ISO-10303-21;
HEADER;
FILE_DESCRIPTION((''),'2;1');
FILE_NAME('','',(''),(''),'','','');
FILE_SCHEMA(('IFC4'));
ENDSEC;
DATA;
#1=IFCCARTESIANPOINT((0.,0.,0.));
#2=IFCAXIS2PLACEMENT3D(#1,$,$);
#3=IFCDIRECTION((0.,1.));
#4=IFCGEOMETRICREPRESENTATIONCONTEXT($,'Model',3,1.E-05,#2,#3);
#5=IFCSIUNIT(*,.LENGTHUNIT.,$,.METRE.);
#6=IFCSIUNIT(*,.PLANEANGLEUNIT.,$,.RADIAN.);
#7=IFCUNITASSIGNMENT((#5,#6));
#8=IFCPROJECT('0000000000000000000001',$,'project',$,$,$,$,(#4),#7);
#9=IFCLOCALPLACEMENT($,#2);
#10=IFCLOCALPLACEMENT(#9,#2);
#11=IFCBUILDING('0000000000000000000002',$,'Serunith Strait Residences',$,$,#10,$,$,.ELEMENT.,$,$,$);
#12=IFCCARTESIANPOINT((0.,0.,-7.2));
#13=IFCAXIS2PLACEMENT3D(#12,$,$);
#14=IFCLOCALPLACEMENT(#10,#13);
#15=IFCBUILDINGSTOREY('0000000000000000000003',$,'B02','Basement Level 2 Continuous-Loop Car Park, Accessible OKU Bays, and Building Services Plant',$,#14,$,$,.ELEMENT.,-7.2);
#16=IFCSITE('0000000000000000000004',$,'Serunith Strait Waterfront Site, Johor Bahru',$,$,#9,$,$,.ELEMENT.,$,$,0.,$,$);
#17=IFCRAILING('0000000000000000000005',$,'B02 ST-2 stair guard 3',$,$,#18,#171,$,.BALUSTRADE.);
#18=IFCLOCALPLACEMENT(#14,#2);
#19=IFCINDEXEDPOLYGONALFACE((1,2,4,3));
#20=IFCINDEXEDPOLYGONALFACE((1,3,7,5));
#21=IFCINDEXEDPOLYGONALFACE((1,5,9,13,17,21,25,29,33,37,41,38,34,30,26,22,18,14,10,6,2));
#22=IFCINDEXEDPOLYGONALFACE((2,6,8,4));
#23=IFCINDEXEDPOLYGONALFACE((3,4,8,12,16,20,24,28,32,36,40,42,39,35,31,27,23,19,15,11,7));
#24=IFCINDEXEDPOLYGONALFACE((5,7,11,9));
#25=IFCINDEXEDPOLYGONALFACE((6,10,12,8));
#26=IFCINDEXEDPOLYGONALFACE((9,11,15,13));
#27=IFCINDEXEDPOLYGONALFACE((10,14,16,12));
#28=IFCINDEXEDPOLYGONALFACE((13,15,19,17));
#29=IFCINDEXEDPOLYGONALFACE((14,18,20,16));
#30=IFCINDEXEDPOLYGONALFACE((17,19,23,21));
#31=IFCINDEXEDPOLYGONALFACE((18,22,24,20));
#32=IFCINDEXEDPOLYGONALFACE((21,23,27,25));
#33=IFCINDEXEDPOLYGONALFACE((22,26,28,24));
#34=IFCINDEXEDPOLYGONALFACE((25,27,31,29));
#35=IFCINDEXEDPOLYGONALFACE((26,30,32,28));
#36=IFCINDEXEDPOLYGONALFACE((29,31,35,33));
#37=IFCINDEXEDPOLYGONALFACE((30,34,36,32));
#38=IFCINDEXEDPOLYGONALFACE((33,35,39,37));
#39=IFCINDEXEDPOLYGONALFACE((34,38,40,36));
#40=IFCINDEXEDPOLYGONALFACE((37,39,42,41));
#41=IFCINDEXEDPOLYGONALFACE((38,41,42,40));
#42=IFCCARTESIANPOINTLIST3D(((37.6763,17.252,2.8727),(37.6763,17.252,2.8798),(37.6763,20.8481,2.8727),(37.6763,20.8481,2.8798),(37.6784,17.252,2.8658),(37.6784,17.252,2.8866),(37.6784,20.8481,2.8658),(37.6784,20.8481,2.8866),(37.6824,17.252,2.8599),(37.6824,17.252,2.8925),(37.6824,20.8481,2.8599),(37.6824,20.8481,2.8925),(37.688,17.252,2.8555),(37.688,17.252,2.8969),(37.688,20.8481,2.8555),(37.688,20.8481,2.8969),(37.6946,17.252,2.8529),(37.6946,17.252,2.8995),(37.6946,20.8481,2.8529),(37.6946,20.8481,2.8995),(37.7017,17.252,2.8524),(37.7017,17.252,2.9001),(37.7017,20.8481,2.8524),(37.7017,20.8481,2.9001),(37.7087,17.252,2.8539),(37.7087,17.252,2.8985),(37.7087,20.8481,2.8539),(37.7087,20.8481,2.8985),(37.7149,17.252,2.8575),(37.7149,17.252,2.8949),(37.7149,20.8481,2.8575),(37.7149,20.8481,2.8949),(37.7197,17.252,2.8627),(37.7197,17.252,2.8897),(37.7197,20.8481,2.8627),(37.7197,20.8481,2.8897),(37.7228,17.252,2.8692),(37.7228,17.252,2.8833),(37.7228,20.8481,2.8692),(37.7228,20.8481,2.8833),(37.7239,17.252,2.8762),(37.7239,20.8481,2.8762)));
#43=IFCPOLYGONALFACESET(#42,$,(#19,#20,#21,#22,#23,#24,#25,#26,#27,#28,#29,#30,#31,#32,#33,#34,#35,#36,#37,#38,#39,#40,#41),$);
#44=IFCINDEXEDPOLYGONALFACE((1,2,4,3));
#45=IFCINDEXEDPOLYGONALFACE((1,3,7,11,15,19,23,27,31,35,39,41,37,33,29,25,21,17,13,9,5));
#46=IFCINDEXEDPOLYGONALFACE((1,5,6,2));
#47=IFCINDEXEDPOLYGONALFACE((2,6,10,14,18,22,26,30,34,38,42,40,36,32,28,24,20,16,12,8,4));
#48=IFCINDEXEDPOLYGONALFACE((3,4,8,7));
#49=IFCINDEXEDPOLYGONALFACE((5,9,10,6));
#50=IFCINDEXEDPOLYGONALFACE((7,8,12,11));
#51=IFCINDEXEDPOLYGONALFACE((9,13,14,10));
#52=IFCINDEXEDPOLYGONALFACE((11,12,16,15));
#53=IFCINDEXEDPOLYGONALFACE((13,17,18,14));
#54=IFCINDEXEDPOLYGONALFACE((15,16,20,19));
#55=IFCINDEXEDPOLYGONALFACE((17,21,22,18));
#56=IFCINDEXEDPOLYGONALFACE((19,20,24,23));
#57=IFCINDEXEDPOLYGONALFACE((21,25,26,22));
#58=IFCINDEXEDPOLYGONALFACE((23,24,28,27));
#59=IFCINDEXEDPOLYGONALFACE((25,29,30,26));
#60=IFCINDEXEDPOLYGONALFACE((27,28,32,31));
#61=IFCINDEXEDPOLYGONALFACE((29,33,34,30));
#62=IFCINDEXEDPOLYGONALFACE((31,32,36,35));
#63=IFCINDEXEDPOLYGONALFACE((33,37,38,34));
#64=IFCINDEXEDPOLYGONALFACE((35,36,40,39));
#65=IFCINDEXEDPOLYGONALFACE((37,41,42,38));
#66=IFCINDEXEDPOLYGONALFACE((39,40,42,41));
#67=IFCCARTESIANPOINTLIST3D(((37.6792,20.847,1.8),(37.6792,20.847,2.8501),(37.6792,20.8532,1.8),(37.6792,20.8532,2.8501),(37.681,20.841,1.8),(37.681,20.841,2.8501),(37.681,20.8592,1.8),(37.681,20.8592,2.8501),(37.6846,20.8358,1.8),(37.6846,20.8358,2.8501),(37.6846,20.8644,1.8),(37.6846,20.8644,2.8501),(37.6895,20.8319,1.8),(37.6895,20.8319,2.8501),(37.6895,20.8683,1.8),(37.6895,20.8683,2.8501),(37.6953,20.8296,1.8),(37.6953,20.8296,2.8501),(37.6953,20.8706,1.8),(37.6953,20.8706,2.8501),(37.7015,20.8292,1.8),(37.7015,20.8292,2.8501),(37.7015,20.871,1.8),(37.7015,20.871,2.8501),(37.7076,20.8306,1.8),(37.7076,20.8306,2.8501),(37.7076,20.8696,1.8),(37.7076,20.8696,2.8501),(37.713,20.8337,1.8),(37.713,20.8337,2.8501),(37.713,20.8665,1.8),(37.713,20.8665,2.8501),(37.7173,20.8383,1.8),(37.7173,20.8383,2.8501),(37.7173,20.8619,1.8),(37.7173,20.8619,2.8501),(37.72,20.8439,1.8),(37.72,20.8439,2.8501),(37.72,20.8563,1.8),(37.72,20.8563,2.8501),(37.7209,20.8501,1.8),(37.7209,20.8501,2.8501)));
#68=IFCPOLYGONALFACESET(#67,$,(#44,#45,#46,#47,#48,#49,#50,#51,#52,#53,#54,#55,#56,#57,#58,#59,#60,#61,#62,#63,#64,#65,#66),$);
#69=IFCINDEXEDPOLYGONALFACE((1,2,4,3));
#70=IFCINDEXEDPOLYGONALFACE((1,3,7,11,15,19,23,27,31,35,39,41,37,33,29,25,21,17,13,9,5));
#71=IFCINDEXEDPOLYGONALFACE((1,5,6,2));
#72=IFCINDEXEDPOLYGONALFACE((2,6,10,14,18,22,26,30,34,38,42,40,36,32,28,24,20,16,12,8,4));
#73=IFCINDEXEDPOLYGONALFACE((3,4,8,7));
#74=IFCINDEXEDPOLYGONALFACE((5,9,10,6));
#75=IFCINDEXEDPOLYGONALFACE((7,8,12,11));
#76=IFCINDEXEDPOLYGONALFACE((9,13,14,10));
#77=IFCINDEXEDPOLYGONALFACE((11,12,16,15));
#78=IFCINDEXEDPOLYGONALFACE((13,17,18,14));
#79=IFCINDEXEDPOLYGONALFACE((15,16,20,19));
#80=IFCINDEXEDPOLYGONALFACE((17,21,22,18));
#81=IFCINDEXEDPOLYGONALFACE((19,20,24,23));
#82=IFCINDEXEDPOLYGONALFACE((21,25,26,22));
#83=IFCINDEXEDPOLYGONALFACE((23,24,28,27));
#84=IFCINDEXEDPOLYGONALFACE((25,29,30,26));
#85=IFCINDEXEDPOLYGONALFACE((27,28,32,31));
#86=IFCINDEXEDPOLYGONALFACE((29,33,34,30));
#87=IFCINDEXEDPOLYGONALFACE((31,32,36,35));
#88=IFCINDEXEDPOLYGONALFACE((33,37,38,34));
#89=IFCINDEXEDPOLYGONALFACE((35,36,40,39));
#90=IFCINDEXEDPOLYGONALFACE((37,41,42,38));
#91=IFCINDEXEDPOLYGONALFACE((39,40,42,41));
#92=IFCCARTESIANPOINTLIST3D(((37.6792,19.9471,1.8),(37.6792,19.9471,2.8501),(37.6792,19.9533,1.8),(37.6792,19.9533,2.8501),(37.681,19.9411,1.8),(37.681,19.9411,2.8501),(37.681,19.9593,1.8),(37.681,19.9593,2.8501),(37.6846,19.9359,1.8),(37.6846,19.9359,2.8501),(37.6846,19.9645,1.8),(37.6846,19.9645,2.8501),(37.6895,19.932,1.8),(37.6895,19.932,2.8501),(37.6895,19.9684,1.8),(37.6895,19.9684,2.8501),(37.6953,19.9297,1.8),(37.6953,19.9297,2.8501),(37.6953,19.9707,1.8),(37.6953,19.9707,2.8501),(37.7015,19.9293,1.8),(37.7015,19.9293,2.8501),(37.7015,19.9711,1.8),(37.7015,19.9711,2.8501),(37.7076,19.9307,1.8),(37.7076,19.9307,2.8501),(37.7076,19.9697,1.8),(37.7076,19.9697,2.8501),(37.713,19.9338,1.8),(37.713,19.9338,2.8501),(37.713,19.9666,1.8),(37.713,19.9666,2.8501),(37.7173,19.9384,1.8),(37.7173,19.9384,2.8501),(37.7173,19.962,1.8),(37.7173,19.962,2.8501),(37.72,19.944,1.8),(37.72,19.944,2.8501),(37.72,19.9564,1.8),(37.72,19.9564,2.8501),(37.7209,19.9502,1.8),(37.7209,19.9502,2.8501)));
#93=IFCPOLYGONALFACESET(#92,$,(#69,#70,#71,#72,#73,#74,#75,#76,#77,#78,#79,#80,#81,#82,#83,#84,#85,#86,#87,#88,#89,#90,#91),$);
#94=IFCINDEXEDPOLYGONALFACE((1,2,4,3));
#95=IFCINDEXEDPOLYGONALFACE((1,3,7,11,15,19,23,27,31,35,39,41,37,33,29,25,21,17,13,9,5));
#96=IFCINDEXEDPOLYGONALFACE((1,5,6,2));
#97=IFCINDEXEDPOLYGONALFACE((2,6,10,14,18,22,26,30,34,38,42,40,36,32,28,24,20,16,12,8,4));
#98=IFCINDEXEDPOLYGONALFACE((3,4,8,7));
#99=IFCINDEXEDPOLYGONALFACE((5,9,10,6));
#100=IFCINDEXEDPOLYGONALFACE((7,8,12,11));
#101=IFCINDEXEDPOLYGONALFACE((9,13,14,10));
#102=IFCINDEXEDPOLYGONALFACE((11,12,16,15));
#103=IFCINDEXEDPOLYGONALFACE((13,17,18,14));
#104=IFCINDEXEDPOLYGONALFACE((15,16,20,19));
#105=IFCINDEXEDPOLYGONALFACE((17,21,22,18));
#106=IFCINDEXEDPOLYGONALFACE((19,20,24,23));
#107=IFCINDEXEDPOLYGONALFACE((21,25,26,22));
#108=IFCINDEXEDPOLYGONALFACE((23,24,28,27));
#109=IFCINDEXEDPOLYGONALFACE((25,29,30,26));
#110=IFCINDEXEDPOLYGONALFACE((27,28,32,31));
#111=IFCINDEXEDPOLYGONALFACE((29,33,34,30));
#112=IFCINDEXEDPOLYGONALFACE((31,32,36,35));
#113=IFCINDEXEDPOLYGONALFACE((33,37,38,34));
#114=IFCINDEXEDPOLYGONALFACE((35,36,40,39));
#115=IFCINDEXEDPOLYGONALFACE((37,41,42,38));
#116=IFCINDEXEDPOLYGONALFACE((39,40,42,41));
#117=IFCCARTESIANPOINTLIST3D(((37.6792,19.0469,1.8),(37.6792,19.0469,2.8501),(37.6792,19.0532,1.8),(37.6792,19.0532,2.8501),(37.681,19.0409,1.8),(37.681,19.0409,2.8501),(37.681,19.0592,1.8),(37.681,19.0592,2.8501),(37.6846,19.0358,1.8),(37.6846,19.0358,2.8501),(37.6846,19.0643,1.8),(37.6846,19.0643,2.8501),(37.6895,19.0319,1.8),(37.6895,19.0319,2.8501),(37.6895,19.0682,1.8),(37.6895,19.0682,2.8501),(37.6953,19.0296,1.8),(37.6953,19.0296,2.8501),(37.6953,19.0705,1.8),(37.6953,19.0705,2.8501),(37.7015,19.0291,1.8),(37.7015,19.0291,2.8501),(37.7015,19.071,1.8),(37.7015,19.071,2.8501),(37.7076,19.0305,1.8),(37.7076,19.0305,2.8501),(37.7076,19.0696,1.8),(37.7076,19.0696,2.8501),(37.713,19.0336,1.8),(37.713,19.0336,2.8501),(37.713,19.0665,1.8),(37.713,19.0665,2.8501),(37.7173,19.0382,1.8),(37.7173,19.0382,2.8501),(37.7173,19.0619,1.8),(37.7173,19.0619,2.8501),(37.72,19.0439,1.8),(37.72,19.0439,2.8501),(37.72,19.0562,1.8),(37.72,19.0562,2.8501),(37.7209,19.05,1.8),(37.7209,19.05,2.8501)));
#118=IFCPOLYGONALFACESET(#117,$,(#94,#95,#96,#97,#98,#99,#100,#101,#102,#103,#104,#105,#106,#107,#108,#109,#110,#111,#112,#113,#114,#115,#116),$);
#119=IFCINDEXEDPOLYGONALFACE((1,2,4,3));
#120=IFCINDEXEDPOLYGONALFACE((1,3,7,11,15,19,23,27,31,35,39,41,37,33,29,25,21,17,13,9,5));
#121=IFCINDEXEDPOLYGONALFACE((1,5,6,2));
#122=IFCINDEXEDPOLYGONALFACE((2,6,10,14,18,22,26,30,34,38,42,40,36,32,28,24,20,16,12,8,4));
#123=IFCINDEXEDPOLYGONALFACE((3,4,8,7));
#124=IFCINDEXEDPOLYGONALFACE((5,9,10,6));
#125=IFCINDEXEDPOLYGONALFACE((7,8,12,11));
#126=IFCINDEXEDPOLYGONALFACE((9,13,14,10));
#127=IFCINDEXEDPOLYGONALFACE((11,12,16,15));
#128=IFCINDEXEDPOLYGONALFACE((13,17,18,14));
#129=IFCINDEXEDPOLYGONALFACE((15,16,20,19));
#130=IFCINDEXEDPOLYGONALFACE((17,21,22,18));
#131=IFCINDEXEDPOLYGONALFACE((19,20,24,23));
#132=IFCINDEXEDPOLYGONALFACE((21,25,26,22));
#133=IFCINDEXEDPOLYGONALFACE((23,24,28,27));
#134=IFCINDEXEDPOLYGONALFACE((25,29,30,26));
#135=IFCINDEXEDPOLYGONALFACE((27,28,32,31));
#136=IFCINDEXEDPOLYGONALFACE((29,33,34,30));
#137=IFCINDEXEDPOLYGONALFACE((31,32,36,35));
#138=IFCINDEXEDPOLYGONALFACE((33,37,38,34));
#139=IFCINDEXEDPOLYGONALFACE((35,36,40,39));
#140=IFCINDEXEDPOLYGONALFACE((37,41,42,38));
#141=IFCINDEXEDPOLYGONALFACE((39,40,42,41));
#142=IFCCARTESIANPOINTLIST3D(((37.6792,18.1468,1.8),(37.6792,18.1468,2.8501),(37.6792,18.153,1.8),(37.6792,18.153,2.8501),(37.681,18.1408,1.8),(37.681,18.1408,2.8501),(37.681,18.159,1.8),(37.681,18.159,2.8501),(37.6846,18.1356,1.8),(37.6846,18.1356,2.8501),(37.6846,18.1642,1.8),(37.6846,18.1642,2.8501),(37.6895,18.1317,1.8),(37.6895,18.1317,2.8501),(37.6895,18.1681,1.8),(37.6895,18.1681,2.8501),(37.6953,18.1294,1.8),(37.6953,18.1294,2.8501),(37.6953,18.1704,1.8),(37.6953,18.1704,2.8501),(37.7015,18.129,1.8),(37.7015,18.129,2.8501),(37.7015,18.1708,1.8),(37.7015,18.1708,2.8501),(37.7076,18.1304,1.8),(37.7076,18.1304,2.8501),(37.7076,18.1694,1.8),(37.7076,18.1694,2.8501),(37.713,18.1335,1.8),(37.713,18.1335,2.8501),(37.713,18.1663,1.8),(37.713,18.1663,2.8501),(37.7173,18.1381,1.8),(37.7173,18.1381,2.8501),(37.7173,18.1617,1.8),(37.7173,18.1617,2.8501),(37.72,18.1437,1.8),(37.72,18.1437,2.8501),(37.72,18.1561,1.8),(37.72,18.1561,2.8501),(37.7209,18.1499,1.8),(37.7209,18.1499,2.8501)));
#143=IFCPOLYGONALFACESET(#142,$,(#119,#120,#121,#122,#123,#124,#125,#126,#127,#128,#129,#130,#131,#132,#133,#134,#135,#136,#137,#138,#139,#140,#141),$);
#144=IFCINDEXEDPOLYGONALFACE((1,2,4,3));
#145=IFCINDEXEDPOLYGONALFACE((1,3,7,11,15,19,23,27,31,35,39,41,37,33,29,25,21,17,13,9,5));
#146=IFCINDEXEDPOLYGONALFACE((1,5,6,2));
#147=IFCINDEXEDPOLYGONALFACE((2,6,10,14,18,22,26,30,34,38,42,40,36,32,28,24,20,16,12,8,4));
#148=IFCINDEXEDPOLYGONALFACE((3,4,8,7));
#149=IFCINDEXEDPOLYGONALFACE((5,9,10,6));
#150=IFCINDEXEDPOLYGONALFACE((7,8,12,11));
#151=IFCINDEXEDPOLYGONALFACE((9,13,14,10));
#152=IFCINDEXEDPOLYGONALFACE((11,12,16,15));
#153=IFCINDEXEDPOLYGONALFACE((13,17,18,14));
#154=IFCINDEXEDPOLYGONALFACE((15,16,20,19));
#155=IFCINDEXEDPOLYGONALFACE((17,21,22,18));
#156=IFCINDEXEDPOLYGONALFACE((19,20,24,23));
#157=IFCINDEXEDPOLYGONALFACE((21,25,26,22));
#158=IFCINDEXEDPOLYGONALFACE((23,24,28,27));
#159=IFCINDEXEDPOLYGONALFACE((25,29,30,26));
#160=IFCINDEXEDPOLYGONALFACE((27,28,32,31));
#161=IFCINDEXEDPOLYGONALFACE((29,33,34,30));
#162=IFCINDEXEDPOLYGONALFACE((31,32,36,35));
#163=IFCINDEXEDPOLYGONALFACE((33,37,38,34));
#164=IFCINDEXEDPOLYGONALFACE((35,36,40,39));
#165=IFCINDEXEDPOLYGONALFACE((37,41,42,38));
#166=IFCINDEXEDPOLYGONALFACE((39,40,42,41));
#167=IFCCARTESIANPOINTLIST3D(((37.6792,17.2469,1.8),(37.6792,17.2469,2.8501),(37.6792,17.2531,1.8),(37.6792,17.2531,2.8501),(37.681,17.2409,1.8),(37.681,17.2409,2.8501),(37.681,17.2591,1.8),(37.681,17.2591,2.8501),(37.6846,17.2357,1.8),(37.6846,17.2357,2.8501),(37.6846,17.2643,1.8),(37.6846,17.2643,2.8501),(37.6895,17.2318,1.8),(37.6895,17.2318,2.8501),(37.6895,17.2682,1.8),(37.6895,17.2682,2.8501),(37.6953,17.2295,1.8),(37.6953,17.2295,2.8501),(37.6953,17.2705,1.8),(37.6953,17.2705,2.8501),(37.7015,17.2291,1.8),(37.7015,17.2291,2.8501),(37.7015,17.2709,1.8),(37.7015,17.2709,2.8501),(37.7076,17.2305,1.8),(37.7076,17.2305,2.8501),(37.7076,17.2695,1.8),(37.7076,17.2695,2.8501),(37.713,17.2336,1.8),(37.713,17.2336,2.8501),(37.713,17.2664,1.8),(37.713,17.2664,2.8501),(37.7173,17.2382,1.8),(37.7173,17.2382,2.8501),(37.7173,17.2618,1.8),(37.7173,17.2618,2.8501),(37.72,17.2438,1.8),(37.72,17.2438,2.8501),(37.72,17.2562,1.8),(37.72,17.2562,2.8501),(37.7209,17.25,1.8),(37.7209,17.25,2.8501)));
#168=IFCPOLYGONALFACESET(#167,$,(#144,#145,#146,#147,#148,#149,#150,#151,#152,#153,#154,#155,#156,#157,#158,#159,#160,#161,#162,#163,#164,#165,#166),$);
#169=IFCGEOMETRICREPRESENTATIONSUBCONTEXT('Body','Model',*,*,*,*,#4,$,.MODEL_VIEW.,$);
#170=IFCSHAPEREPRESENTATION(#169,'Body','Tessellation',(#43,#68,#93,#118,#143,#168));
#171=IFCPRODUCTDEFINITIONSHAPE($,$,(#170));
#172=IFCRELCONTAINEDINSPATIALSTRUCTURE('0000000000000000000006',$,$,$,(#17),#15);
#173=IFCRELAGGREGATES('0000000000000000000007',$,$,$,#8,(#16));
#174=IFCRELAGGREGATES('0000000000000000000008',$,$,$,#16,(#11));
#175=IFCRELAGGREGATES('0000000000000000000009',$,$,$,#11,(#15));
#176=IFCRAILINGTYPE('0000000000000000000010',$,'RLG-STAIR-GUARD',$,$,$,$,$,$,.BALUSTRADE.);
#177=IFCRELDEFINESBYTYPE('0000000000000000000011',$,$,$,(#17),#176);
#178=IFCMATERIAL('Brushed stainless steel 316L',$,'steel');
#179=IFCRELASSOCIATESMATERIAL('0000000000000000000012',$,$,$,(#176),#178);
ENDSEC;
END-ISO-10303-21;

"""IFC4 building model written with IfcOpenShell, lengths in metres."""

from ifc_helpers import new_model, si_unit, direction, frame, origin, origin_2d, place, context, subcontext, project, spatial, circle, extrude, material, type_object, element, save


model = new_model("IFC4")

# Units and contexts
model_context = context("Model", 3, precision=1e-05, world=origin(), true_north=direction((0.0, 1.0)))
body_context = subcontext(model_context, "Body", "Model", "MODEL_VIEW")
ifc_project = project(units=[si_unit("LENGTHUNIT", "METRE"), si_unit("PLANEANGLEUNIT", "RADIAN")], contexts=[model_context])

# Site, building, storey
site_placement = place(None, origin())
site = spatial("IfcSite", under=ifc_project, at=site_placement, Name="Serunith Strait Waterfront Site, Johor Bahru", CompositionType="ELEMENT", RefElevation=0.0)
building_placement = place(site_placement, origin())
building = spatial("IfcBuilding", under=site, at=building_placement, Name="Serunith Strait Residences", CompositionType="ELEMENT")
storey_placement = place(building_placement, frame((0.0, 0.0, -7.2)))
storey = spatial("IfcBuildingStorey", under=building, at=storey_placement, Name="B02", Description="Basement Level 2 Continuous-Loop Car Park, Accessible OKU Bays, and Building Services Plant", CompositionType="ELEMENT", Elevation=-7.2)

# Railing
ifc_material_1 = material(Name="Brushed stainless steel 316L", Category="steel")
railing_type_1 = type_object("IfcRailingType", Name="RLG-STAIR-GUARD", PredefinedType="BALUSTRADE", material=ifc_material_1)
for number, where, name in (
    (1, (37.7, 20.8501, 1.8), "B02 ST-2 stair guard 3"),
):
    element("IfcRailing", number, at=place(storey_placement, frame(where)), inside=storey, type_object=railing_type_1, Name=name, PredefinedType="BALUSTRADE", context=body_context, shape_type="SweptSolid", body=[
        extrude(circle(Radius=0.0239, at=origin_2d()), frame((0.0, -0.002, 1.0762), z_axis=(0.0, -1.0, 0.0), x_axis=(1.0, 0.0, 0.0)), (0.0, 0.0, 1.0), 3.5962),
        extrude(circle(Radius=0.021, at=origin_2d()), origin(), (0.0, 0.0, 1.0), 1.05),
        extrude(circle(Radius=0.021, at=origin_2d()), frame((0.0, -0.8999, 0.0)), (0.0, 0.0, 1.0), 1.05),
        extrude(circle(Radius=0.021, at=origin_2d()), frame((0.0, -1.8, 0.0)), (0.0, 0.0, 1.0), 1.05),
        extrude(circle(Radius=0.021, at=origin_2d()), frame((0.0, -2.7002, 0.0)), (0.0, 0.0, 1.0), 1.05),
        extrude(circle(Radius=0.021, at=origin_2d()), frame((0.0, -3.6001, 0.0)), (0.0, 0.0, 1.0), 1.05),
    ])

save(model, "model.ifc")
